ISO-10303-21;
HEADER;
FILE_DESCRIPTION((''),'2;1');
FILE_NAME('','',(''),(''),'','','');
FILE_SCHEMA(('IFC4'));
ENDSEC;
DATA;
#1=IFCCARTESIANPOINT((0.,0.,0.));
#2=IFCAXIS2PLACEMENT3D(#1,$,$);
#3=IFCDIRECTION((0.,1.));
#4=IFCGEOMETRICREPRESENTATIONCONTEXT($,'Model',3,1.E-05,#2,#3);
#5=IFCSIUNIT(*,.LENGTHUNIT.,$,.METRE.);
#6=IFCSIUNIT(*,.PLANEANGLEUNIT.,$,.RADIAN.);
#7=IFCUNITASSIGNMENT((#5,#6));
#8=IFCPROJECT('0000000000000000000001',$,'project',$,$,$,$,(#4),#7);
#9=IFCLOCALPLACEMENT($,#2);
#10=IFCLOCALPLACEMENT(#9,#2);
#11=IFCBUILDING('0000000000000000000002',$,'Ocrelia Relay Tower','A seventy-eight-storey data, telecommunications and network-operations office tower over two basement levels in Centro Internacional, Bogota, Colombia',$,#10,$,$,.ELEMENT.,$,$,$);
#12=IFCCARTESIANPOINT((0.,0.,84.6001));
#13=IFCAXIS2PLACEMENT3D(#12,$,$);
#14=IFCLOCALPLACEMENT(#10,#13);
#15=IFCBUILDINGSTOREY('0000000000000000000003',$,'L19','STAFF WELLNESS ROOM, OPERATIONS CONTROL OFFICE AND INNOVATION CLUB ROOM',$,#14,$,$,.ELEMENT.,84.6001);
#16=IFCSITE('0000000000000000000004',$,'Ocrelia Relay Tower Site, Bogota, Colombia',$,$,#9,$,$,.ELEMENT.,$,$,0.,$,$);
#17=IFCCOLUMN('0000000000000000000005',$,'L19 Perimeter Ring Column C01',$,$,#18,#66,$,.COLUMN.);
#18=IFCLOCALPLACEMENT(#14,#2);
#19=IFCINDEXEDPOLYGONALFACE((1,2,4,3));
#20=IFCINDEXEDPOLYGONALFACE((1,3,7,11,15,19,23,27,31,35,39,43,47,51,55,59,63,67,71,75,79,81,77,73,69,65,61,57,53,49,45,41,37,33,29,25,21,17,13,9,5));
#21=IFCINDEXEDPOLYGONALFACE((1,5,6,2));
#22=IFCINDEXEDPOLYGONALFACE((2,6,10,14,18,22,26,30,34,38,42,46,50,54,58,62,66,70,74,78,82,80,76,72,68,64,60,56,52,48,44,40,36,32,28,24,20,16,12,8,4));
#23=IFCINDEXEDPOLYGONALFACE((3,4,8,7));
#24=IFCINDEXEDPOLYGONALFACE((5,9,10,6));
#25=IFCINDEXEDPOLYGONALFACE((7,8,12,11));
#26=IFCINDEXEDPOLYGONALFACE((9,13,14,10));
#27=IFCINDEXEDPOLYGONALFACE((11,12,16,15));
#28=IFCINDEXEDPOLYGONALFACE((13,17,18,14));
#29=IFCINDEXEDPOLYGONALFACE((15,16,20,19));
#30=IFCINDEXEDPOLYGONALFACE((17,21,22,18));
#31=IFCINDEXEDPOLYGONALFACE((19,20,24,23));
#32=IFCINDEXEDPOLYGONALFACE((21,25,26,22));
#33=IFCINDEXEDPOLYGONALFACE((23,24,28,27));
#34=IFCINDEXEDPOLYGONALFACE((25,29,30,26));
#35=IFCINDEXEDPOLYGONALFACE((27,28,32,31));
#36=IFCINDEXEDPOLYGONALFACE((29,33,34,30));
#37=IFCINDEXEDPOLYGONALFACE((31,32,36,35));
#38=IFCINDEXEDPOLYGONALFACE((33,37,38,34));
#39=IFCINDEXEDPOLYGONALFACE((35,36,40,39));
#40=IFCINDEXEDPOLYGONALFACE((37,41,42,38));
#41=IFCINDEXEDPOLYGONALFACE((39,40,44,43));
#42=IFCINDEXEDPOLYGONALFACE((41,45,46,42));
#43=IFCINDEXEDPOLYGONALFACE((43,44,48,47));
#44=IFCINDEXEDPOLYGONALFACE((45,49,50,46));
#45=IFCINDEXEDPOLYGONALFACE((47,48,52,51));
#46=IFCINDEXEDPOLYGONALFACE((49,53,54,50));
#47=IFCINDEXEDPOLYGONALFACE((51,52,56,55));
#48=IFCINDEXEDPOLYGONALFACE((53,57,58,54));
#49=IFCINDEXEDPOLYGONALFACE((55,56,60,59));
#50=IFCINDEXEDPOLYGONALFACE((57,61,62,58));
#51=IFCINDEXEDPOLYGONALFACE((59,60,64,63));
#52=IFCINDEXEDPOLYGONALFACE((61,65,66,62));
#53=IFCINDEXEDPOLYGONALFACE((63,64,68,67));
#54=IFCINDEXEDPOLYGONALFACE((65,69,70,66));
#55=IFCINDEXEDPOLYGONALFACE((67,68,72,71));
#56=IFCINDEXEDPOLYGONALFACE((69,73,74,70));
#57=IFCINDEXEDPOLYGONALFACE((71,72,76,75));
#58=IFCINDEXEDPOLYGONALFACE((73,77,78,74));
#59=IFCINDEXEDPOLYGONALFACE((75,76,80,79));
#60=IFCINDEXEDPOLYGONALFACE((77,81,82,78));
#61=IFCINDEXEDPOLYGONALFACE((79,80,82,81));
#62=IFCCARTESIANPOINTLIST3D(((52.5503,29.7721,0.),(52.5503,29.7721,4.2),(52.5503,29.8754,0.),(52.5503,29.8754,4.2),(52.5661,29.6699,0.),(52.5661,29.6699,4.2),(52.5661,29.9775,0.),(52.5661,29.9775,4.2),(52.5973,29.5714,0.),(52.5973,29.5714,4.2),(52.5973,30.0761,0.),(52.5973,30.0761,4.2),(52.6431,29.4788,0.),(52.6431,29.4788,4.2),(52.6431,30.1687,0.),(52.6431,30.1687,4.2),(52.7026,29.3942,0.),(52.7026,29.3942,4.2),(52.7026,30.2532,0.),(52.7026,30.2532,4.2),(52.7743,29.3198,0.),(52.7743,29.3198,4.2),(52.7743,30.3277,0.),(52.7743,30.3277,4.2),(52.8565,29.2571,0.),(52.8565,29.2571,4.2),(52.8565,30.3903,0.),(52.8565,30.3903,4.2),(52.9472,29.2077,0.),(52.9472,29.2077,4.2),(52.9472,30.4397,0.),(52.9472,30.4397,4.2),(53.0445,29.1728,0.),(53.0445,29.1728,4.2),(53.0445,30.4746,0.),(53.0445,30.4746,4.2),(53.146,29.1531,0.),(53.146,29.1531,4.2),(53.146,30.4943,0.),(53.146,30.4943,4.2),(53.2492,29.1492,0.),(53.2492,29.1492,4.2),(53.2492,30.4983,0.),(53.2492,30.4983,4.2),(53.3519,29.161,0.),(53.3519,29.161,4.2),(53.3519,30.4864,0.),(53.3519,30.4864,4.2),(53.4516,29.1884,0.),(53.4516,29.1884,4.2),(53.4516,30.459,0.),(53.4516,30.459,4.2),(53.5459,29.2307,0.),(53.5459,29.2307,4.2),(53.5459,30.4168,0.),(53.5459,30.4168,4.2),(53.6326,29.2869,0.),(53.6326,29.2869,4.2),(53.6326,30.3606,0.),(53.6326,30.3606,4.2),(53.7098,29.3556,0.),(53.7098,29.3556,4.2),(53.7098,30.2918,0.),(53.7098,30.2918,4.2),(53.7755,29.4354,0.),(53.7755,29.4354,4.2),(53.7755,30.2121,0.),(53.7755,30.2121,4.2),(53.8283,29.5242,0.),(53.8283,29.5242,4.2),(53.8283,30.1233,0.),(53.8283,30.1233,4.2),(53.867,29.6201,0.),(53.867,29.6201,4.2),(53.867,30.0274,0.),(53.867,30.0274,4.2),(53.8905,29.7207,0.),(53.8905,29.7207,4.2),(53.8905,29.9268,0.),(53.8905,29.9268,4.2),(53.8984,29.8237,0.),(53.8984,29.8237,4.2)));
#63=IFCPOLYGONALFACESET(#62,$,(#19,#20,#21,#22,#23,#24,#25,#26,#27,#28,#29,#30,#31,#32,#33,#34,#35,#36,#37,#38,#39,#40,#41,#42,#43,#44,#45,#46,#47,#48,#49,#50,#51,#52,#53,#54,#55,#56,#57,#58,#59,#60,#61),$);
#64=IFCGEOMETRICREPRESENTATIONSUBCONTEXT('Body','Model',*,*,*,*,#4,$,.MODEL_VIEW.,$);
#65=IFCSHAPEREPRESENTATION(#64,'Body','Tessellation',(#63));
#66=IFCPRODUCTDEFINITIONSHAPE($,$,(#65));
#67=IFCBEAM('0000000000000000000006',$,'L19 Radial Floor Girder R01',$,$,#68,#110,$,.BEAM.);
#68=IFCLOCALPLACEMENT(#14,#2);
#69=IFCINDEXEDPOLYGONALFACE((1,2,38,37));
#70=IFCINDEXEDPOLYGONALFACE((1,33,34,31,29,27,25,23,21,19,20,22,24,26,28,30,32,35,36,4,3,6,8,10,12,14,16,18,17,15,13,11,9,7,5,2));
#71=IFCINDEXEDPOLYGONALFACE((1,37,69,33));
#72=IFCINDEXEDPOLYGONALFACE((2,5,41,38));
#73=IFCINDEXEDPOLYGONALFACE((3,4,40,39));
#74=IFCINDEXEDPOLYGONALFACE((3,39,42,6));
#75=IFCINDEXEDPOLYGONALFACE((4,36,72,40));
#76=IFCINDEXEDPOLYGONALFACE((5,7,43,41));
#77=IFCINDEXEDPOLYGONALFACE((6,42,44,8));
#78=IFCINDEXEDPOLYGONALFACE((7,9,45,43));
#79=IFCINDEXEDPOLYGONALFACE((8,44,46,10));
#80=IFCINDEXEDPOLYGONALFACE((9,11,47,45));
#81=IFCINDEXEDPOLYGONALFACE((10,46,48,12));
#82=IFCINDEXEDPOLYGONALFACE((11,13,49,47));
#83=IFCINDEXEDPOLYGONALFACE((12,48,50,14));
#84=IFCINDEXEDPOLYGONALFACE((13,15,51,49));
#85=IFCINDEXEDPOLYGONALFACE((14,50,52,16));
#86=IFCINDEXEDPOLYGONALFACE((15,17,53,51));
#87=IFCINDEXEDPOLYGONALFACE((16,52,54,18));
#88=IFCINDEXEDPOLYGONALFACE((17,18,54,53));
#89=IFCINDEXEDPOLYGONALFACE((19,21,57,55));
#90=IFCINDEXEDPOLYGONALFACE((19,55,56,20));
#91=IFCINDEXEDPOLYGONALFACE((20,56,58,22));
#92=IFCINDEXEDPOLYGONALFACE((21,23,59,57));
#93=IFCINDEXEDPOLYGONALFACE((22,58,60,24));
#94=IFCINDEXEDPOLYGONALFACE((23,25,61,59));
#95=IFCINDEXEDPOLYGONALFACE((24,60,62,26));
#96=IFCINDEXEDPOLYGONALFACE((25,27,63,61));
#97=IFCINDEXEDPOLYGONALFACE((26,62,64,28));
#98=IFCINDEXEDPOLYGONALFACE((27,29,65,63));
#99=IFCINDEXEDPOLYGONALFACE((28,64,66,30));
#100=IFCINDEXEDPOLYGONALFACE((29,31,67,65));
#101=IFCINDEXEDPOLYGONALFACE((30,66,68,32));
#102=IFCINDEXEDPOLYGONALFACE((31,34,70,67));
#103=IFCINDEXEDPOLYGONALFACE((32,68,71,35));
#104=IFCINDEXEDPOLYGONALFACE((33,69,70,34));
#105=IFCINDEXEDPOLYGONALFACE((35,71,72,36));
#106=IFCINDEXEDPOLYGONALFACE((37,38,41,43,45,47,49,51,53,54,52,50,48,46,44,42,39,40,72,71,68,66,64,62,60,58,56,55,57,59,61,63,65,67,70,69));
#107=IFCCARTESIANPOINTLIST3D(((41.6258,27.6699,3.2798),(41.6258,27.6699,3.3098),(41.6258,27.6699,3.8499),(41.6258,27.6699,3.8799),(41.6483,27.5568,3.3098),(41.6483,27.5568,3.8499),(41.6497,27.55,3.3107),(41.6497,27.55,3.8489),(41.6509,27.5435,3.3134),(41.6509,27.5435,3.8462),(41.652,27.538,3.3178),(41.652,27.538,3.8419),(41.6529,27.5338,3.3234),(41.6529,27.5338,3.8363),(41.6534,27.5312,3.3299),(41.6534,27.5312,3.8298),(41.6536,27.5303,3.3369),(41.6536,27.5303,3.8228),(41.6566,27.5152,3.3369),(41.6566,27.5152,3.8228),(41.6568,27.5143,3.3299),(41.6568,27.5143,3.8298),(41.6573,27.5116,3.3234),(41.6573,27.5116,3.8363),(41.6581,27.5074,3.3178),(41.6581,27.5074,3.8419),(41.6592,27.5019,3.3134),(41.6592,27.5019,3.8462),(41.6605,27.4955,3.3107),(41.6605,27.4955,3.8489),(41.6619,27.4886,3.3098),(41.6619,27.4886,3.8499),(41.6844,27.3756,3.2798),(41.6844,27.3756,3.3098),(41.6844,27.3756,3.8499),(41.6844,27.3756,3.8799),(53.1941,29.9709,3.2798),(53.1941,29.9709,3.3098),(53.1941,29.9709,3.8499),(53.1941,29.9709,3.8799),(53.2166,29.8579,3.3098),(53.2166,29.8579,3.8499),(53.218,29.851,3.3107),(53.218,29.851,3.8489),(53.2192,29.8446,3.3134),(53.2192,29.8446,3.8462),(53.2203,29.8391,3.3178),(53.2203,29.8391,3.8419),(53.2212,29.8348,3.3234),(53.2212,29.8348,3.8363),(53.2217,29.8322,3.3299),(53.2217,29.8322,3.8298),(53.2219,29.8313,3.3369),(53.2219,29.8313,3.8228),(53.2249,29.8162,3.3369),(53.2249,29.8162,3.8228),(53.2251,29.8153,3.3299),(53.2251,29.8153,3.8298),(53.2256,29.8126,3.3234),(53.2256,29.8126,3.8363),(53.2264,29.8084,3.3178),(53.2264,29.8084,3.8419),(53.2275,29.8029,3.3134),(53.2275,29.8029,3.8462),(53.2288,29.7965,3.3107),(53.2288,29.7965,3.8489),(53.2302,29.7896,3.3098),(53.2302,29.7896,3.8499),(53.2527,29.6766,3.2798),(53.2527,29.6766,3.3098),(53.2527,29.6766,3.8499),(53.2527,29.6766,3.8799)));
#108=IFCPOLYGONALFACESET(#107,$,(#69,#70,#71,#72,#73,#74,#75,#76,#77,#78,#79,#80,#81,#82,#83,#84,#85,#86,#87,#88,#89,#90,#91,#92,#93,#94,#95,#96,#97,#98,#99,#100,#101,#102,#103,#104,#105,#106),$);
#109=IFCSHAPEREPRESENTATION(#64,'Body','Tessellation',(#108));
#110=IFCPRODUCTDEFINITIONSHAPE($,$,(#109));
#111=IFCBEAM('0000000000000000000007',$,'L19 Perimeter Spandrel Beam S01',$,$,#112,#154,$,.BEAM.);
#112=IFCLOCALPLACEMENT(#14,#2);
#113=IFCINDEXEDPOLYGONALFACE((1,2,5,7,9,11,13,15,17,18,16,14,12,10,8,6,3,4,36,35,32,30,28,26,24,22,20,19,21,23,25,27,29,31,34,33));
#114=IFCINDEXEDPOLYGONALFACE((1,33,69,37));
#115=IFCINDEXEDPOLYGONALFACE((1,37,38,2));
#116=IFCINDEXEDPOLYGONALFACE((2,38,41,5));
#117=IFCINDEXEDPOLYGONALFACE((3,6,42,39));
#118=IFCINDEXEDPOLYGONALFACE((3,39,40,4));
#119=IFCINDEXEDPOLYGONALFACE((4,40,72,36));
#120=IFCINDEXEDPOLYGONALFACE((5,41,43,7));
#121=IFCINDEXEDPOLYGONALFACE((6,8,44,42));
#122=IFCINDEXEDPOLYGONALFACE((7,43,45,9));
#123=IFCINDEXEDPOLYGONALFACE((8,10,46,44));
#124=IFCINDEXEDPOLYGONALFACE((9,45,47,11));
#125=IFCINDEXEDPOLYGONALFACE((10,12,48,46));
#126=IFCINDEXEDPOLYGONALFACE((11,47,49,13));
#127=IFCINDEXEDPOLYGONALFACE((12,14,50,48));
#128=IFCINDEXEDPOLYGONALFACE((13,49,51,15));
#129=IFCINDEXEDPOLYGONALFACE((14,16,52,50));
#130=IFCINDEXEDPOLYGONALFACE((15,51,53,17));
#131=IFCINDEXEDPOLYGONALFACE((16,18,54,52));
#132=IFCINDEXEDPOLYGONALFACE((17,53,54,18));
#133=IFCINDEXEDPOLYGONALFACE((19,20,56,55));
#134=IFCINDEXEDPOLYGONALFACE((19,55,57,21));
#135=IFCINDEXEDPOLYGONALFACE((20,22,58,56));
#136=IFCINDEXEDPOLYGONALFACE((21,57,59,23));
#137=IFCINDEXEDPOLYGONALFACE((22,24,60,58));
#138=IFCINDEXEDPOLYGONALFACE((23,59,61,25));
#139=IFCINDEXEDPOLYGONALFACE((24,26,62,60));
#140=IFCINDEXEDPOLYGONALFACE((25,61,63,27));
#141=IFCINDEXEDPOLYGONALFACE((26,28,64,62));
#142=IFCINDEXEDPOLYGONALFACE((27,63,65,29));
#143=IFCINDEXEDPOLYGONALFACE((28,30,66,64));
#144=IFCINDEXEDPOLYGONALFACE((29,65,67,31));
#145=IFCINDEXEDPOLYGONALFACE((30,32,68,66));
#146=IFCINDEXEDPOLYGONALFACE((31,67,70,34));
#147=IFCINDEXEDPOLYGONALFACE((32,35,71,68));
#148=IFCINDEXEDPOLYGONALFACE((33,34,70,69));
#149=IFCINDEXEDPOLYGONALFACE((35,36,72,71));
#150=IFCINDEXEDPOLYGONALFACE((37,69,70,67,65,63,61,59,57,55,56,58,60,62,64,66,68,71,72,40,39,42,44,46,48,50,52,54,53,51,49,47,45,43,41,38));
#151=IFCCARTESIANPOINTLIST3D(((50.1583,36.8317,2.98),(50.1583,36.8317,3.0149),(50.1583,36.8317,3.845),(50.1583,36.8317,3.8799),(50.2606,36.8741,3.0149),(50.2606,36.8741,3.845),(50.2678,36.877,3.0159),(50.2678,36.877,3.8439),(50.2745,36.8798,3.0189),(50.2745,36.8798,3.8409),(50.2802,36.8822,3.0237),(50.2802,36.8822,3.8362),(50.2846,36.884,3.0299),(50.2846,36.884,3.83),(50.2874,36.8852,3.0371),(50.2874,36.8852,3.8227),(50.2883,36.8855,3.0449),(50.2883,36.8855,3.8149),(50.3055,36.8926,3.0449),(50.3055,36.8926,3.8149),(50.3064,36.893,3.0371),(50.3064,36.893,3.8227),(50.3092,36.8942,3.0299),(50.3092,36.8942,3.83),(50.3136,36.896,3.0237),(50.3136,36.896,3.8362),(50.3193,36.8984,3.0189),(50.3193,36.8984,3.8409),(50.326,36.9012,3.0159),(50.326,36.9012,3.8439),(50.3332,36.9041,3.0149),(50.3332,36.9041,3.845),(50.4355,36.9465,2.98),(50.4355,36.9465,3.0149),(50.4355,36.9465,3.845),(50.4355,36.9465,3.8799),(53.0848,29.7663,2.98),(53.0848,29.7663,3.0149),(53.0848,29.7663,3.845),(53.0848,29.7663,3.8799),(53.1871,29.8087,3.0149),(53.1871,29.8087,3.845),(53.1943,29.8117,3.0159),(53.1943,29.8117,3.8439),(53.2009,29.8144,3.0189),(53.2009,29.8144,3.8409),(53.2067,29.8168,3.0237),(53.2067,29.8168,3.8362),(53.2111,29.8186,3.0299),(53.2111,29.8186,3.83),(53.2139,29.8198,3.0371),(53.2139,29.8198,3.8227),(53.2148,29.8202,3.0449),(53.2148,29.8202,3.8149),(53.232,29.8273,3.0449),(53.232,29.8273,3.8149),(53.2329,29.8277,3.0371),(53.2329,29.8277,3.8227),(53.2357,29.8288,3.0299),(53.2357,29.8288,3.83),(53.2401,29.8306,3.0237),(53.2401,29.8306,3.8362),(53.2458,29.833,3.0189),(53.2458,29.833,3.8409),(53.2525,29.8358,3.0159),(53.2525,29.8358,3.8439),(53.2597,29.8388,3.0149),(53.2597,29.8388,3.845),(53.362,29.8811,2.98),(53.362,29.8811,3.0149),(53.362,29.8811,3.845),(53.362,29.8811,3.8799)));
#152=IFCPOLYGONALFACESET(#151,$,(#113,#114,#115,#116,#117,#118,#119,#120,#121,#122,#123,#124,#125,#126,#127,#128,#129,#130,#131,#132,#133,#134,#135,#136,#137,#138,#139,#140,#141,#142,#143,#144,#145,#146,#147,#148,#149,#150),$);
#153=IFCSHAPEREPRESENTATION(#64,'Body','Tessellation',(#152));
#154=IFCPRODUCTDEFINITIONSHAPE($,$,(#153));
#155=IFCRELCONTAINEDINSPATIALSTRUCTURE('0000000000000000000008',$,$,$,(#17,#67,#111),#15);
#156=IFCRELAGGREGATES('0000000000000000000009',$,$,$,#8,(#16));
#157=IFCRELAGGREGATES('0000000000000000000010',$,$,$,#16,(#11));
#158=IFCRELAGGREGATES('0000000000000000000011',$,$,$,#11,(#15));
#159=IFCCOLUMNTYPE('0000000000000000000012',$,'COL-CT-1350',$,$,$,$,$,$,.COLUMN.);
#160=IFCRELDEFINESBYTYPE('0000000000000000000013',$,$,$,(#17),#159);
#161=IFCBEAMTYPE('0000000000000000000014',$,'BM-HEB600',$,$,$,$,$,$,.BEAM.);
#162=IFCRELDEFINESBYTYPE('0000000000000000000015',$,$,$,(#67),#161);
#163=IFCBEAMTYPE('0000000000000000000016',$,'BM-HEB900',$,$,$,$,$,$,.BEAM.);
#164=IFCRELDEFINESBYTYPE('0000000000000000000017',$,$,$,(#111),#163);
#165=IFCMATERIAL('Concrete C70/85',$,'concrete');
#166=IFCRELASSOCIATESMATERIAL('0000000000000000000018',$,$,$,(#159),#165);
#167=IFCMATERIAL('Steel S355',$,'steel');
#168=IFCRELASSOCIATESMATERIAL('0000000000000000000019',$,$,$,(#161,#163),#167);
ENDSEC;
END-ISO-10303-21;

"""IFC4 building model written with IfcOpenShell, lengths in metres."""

from ifc_helpers import new_model, si_unit, direction, frame, origin, origin_2d, place, context, subcontext, project, spatial, circle, i_section, extrude, material, material_profile, profile_set, type_object, element, save


model = new_model("IFC4")

# Units and contexts
model_context = context("Model", 3, precision=1e-05, world=origin(), true_north=direction((0.0, 1.0)))
body_context = subcontext(model_context, "Body", "Model", "MODEL_VIEW")
ifc_project = project(units=[si_unit("LENGTHUNIT", "METRE"), si_unit("PLANEANGLEUNIT", "RADIAN")], contexts=[model_context])

# Site, building, storey
site_placement = place(None, origin())
site = spatial("IfcSite", under=ifc_project, at=site_placement, Name="Ocrelia Relay Tower Site, Bogota, Colombia", CompositionType="ELEMENT", RefElevation=0.0)
building_placement = place(site_placement, origin())
building = spatial("IfcBuilding", under=site, at=building_placement, Name="Ocrelia Relay Tower", Description="A seventy-eight-storey data, telecommunications and network-operations office tower over two basement levels in Centro Internacional, Bogota, Colombia", CompositionType="ELEMENT")
storey_placement = place(building_placement, frame((0.0, 0.0, 84.6001)))
storey = spatial("IfcBuildingStorey", under=building, at=storey_placement, Name="L19", Description="STAFF WELLNESS ROOM, OPERATIONS CONTROL OFFICE AND INNOVATION CLUB ROOM", CompositionType="ELEMENT", Elevation=84.6001)

# Column
ifc_material_1 = material(Name="Concrete C70/85", Category="concrete")
ifc_material_profile_1 = material_profile(ifc_material_1, circle(Radius=0.675, at=origin_2d()), Name="RC-CIR-1350")
ifc_profile_set_1 = profile_set([ifc_material_profile_1], Name="Concrete C70/85")
column_type = type_object("IfcColumnType", Name="COL-CT-1350", PredefinedType="COLUMN", material=ifc_profile_set_1)
column_placement = place(storey_placement, frame((53.2234, 29.8237, 0.0), z_axis=(0.0, 0.0, 1.0), x_axis=(1.0, 0.0, 0.0)))
element("IfcColumn", 1, at=column_placement, inside=storey, type_object=column_type, Name="L19 Perimeter Ring Column C01", PredefinedType="COLUMN", context=body_context, shape_type="SweptSolid", body=[
    extrude(circle(Radius=0.675, at=origin_2d()), origin(), (0.0, 0.0, 1.0), 4.2),
])

# Beams
ifc_material_2 = material(Name="Steel S355", Category="steel")
ifc_material_profile_2 = material_profile(ifc_material_2, i_section(OverallWidth=0.3, OverallDepth=0.6001, WebThickness=0.0154, FlangeThickness=0.03, FilletRadius=0.0271, at=origin_2d()), Name="HEB 600")
ifc_profile_set_2 = profile_set([ifc_material_profile_2], Name="Steel S355")
beam_type_1 = type_object("IfcBeamType", Name="BM-HEB600", PredefinedType="BEAM", material=ifc_profile_set_2)
beam_1_placement = place(storey_placement, frame((53.2234, 29.8237, 3.5798), z_axis=(-0.980786, -0.195085, 0.0), x_axis=(0.195085, -0.980786, 0.0)))
element("IfcBeam", 2, at=beam_1_placement, inside=storey, type_object=beam_type_1, Name="L19 Radial Floor Girder R01", PredefinedType="BEAM", context=body_context, shape_type="SweptSolid", body=[
    extrude(i_section(OverallWidth=0.3, OverallDepth=0.6001, WebThickness=0.0154, FlangeThickness=0.03, FilletRadius=0.0271, at=origin_2d()), origin(), (0.0, 0.0, 1.0), 11.7949),
])
ifc_material_profile_3 = material_profile(ifc_material_2, i_section(OverallWidth=0.3, OverallDepth=0.8999, WebThickness=0.0186, FlangeThickness=0.0349, FilletRadius=0.03, at=origin_2d()), Name="HEB 900")
ifc_profile_set_3 = profile_set([ifc_material_profile_3], Name="Steel S355")
beam_type_2 = type_object("IfcBeamType", Name="BM-HEB900", PredefinedType="BEAM", material=ifc_profile_set_3)
beam_2_placement = place(storey_placement, frame((53.2234, 29.8237, 3.4299), z_axis=(-0.382674, 0.923883, 0.0), x_axis=(-0.923883, -0.382674, 0.0)))
element("IfcBeam", 3, at=beam_2_placement, inside=storey, type_object=beam_type_2, Name="L19 Perimeter Spandrel Beam S01", PredefinedType="BEAM", context=body_context, shape_type="SweptSolid", body=[
    extrude(i_section(OverallWidth=0.3, OverallDepth=0.8999, WebThickness=0.0186, FlangeThickness=0.0349, FilletRadius=0.03, at=origin_2d()), origin(), (0.0, 0.0, 1.0), 7.6475),
])

save(model, "model.ifc")
